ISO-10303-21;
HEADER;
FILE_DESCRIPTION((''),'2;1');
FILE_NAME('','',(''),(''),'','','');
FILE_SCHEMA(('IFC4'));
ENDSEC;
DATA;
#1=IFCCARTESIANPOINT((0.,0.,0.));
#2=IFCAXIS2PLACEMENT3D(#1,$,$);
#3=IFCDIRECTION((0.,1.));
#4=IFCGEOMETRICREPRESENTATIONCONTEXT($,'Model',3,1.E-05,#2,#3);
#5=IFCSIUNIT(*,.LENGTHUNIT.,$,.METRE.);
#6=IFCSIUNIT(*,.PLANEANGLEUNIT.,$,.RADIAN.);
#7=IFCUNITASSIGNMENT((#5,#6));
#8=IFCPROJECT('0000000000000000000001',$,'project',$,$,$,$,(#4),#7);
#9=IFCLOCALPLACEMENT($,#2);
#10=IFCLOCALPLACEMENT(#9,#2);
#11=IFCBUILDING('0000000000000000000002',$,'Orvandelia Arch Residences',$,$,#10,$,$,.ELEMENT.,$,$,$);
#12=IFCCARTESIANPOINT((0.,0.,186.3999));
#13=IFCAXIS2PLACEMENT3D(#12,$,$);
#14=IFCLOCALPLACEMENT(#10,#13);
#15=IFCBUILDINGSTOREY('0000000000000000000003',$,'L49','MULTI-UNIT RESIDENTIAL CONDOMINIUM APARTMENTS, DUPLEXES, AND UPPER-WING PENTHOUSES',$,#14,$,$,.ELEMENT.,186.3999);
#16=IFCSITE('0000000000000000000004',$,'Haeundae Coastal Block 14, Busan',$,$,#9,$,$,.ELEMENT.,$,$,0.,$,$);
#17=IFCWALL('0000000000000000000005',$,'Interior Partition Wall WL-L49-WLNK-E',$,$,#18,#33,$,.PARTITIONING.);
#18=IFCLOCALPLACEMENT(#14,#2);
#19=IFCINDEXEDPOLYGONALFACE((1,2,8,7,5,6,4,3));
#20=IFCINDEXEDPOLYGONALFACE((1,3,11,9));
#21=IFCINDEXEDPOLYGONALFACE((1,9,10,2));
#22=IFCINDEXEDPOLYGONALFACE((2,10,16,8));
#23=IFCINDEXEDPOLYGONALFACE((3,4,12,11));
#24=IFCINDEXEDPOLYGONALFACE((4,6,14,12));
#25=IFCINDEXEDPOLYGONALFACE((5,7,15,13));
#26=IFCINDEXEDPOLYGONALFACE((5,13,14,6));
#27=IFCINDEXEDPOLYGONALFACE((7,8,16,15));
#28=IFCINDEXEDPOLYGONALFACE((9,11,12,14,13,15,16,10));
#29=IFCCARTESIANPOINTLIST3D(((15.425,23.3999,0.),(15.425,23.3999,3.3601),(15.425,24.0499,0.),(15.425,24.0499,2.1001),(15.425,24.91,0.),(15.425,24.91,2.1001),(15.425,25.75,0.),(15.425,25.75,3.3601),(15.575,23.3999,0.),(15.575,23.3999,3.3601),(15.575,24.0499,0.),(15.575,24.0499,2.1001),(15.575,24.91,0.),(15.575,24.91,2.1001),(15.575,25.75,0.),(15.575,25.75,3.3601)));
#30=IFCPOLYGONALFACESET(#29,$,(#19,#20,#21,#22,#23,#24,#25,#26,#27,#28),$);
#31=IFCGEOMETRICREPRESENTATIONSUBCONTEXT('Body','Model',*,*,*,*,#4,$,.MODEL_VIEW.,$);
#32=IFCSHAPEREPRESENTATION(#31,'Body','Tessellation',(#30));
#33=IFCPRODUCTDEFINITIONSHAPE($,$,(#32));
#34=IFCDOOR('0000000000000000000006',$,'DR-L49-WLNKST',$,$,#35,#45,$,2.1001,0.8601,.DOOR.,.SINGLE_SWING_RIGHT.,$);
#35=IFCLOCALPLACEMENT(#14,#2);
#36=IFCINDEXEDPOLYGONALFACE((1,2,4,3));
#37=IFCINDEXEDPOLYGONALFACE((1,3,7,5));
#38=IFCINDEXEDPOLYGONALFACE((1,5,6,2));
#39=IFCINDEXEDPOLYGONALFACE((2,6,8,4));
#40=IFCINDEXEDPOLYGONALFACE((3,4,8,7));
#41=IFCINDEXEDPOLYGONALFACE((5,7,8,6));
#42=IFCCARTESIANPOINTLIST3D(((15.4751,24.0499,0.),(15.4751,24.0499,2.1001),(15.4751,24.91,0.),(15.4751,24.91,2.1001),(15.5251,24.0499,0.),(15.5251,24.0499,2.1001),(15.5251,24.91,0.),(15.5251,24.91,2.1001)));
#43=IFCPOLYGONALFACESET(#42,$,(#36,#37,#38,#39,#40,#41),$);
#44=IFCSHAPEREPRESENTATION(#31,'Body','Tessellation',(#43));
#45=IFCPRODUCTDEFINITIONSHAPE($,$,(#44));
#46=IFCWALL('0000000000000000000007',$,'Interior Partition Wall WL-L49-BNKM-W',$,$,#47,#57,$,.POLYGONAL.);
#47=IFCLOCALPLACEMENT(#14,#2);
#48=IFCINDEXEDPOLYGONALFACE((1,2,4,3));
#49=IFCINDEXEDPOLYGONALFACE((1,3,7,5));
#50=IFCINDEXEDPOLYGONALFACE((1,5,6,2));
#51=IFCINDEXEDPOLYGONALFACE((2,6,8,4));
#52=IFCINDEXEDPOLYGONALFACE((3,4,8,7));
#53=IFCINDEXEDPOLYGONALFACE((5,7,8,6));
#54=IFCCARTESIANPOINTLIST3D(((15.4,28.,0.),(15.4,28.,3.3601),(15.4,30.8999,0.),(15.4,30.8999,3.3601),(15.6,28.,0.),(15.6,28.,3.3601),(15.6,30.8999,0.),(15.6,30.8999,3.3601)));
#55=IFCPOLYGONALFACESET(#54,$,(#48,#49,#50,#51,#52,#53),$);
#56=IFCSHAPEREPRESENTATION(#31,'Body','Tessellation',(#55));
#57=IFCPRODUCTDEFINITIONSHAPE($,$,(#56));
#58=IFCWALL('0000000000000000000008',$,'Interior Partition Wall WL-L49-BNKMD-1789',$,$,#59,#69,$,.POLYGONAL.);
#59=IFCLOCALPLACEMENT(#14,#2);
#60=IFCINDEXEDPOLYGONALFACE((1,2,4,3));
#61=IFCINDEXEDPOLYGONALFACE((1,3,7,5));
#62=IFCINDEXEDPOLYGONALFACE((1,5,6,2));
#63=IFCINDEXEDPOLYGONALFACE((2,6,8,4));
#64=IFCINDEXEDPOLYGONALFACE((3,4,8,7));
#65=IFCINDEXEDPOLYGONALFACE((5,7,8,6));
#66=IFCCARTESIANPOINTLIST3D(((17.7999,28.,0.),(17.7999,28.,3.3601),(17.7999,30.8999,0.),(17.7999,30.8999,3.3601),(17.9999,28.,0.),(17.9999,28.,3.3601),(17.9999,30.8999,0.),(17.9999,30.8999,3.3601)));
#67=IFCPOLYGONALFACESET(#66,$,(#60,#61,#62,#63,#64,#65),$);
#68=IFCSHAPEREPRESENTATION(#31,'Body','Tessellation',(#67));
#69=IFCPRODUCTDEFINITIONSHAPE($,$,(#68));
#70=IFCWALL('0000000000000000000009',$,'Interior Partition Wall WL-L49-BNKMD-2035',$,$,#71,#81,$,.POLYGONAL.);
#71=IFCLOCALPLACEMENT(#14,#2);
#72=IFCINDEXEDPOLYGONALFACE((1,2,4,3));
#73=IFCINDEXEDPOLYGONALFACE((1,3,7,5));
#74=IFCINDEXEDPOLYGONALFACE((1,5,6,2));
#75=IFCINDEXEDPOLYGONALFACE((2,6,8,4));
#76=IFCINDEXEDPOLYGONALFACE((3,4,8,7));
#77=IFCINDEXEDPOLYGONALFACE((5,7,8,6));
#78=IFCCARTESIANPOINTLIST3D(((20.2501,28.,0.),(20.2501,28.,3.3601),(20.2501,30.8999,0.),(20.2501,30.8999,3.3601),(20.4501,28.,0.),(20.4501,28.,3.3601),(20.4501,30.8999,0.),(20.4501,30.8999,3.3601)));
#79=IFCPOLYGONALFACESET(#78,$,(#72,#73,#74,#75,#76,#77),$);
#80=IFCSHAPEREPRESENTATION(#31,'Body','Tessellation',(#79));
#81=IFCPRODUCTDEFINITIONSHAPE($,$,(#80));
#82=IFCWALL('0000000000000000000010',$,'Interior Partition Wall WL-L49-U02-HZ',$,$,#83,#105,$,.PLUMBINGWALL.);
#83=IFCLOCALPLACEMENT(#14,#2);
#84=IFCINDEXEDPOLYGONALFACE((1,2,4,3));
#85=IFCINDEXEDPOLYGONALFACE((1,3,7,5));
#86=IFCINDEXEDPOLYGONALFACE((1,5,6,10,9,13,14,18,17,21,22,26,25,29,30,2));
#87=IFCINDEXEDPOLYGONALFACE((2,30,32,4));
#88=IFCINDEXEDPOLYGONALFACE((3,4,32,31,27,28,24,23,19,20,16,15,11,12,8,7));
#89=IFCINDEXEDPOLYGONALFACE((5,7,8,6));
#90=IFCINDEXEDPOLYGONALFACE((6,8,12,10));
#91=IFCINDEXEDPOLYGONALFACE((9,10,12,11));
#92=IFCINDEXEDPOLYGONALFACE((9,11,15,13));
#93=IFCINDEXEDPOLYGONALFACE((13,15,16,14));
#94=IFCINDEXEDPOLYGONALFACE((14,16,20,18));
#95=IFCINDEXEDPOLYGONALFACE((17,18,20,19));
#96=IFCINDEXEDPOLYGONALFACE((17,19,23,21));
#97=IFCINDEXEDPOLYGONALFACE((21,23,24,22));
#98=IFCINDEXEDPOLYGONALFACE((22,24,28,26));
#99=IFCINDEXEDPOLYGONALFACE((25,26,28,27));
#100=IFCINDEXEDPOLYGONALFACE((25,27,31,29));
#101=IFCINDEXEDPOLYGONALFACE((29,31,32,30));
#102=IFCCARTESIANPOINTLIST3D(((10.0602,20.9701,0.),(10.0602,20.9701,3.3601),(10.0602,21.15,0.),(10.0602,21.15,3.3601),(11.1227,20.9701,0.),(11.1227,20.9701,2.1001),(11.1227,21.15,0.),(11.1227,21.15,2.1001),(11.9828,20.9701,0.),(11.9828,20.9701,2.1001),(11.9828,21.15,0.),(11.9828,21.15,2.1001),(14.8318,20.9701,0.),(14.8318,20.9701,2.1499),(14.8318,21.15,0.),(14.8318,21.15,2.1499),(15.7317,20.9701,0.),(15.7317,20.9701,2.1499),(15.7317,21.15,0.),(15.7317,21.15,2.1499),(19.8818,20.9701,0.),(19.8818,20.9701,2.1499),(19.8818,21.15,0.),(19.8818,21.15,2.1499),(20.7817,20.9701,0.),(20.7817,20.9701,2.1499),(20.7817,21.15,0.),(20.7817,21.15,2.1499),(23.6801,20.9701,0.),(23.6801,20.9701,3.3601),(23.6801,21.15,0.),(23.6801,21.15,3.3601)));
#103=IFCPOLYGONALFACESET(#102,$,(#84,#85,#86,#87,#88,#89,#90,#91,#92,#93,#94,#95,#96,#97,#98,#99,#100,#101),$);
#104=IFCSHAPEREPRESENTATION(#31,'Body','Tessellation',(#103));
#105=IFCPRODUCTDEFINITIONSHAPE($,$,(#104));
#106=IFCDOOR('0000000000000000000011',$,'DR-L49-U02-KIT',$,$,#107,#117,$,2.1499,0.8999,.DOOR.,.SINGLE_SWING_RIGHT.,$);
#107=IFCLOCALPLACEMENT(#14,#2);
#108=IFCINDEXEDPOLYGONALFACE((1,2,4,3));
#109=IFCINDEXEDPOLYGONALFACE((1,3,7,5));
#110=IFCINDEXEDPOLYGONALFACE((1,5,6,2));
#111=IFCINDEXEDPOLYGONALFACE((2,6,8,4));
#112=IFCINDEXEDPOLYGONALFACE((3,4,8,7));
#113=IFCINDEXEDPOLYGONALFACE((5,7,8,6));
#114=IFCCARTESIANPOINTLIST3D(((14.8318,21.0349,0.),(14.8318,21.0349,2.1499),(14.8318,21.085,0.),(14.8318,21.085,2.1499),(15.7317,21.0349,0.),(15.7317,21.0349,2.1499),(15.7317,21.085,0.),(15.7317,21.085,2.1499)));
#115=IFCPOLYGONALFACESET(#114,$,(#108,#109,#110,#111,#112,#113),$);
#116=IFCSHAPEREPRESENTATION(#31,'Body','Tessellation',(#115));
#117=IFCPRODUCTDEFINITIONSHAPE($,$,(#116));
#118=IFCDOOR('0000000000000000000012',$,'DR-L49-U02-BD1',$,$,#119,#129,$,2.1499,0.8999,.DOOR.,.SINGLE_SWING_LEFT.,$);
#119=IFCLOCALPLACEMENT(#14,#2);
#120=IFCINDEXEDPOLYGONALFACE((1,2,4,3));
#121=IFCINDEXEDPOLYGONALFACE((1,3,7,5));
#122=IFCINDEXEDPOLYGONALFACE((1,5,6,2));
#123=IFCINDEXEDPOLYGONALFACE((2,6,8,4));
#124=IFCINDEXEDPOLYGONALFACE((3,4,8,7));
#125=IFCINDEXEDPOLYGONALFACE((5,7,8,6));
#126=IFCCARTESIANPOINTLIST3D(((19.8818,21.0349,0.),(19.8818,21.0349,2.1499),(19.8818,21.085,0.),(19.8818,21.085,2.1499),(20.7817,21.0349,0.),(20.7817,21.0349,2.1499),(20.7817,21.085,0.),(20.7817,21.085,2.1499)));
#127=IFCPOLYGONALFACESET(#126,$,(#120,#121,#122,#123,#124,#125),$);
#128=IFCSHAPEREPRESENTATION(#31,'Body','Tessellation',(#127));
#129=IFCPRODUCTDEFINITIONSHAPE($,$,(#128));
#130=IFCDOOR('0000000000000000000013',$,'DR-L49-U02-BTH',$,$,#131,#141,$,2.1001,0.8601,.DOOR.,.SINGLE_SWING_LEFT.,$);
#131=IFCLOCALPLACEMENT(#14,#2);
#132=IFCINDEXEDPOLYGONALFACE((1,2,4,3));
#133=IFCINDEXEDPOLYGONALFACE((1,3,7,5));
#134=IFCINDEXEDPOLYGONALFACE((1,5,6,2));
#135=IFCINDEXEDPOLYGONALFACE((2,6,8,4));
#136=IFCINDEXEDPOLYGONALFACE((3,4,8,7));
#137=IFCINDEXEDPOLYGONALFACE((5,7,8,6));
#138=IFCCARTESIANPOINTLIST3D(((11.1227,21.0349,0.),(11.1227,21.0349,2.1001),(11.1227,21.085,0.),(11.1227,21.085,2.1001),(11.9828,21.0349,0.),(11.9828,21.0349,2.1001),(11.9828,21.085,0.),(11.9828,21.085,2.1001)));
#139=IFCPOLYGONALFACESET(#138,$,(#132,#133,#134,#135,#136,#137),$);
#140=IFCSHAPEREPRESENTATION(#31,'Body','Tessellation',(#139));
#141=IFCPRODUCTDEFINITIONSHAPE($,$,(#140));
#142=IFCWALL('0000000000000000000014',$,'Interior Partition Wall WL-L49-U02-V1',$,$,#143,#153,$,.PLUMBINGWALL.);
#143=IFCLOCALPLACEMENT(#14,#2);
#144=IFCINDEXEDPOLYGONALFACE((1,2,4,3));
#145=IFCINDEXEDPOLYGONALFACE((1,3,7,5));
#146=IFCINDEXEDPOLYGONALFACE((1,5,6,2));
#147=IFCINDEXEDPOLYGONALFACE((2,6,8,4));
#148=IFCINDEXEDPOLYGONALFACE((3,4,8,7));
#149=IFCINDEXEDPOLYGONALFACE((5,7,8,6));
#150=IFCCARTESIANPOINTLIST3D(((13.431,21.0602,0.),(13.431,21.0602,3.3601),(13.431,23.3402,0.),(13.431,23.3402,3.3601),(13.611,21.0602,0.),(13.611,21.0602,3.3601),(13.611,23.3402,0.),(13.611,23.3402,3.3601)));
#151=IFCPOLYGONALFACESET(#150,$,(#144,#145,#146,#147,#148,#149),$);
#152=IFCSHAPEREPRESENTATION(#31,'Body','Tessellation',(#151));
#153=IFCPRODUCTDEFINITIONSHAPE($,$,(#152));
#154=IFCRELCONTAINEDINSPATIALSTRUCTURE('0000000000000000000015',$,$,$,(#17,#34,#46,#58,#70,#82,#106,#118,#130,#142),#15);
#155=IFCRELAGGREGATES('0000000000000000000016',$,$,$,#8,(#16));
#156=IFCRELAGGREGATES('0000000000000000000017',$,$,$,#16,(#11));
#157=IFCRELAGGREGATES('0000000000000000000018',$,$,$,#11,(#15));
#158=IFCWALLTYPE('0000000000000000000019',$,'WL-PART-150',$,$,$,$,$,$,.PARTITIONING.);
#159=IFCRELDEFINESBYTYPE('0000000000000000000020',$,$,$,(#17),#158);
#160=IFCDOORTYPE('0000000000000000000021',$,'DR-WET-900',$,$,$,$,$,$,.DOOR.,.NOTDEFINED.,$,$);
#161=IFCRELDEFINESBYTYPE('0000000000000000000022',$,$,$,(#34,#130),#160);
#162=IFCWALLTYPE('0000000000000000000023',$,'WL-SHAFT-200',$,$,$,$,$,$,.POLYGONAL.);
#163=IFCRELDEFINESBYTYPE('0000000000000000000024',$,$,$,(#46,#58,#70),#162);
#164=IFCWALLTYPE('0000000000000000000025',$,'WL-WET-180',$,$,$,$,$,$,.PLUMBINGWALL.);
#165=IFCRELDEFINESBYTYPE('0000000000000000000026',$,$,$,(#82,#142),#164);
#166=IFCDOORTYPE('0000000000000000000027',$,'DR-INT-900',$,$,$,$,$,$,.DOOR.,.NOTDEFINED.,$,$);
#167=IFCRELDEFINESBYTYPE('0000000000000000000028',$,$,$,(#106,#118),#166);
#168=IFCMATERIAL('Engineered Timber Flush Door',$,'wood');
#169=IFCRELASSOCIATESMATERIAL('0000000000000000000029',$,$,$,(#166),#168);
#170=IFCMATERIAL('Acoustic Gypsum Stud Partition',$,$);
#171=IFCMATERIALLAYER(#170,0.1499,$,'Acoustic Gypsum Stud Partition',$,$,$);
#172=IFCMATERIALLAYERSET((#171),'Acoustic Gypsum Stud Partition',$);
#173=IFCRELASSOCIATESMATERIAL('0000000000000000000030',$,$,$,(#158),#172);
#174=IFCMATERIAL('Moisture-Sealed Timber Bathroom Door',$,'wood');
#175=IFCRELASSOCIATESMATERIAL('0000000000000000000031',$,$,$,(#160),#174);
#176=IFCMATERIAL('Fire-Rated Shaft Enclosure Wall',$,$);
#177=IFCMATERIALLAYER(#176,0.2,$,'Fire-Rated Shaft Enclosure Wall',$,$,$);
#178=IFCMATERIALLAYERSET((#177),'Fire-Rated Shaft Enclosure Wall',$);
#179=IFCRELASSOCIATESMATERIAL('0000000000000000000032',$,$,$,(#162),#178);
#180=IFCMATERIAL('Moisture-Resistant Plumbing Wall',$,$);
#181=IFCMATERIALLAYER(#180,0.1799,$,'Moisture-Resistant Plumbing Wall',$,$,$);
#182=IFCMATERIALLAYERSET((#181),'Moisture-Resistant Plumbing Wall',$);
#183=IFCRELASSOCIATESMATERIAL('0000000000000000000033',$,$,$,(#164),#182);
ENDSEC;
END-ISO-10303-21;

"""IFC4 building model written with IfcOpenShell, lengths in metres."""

from ifc_helpers import new_model, si_unit, direction, frame, frame_2d, origin, place, context, subcontext, project, spatial, rectangle, extrude, material, layer, layer_set, type_object, element, fill, save


model = new_model("IFC4")

# Units and contexts
model_context = context("Model", 3, precision=1e-05, world=origin(), true_north=direction((0.0, 1.0)))
body_context = subcontext(model_context, "Body", "Model", "MODEL_VIEW")
ifc_project = project(units=[si_unit("LENGTHUNIT", "METRE"), si_unit("PLANEANGLEUNIT", "RADIAN")], contexts=[model_context])

# Site, building, storey
site_placement = place(None, origin())
site = spatial("IfcSite", under=ifc_project, at=site_placement, Name="Haeundae Coastal Block 14, Busan", CompositionType="ELEMENT", RefElevation=0.0)
building_placement = place(site_placement, origin())
building = spatial("IfcBuilding", under=site, at=building_placement, Name="Orvandelia Arch Residences", CompositionType="ELEMENT")
storey_placement = place(building_placement, frame((0.0, 0.0, 186.3999)))
storey = spatial("IfcBuildingStorey", under=building, at=storey_placement, Name="L49", Description="MULTI-UNIT RESIDENTIAL CONDOMINIUM APARTMENTS, DUPLEXES, AND UPPER-WING PENTHOUSES", CompositionType="ELEMENT", Elevation=186.3999)

# Shared definitions
ifc_material_1 = material(Name="Engineered Timber Flush Door", Category="wood")
door_type_1 = type_object("IfcDoorType", Name="DR-INT-900", OperationType="NOTDEFINED", PredefinedType="DOOR", material=ifc_material_1)

# Wall, opening, door
ifc_material_2 = material(Name="Acoustic Gypsum Stud Partition")
ifc_layer_1 = layer(ifc_material_2, 0.1499, Name="Acoustic Gypsum Stud Partition")
ifc_layer_set_1 = layer_set([ifc_layer_1], Name="Acoustic Gypsum Stud Partition")
wall_type_1 = type_object("IfcWallType", Name="WL-PART-150", PredefinedType="PARTITIONING", material=ifc_layer_set_1)
wall_1_placement = place(storey_placement, frame((15.5, 23.3999, 0.0), z_axis=(0.0, 0.0, 1.0), x_axis=(0.0, 1.0, 0.0)))
wall_1 = element("IfcWall", 1, at=wall_1_placement, inside=storey, type_object=wall_type_1, Name="Interior Partition Wall WL-L49-WLNK-E", PredefinedType="PARTITIONING", context=body_context, shape_type="SweptSolid", body=[
    extrude(rectangle(XDim=2.3501, YDim=0.1499, at=frame_2d((1.175, 0.0))), origin(), (0.0, 0.0, 1.0), 3.3601),
])
opening_1_placement = place(wall_1_placement, frame((0.6499, 0.0, 0.0)))
opening_1 = element("IfcOpeningElement", 2, at=opening_1_placement, cuts=wall_1, PredefinedType="OPENING", context=body_context, shape_type="SweptSolid", body=[
    extrude(rectangle(XDim=0.8601, YDim=2.1001, at=frame_2d((0.4302, 1.05))), frame((0.0, 0.085, 0.0), z_axis=(0.0, -1.0, 0.0), x_axis=(1.0, 0.0, 0.0)), (0.0, 0.0, 1.0), 0.1699),
])
ifc_material_3 = material(Name="Moisture-Sealed Timber Bathroom Door", Category="wood")
door_type_2 = type_object("IfcDoorType", Name="DR-WET-900", OperationType="NOTDEFINED", PredefinedType="DOOR", material=ifc_material_3)
door_1_placement = place(opening_1_placement, origin())
door_1 = element("IfcDoor", 3, at=door_1_placement, inside=storey, type_object=door_type_2, Name="DR-L49-WLNKST", OperationType="SINGLE_SWING_RIGHT", OverallHeight=2.1001, OverallWidth=0.8601, PredefinedType="DOOR", context=body_context, shape_type="SweptSolid", body=[
    extrude(rectangle(XDim=0.8601, YDim=2.1001, at=frame_2d((0.4302, 1.05))), frame((0.0, 0.0249, 0.0), z_axis=(0.0, -1.0, 0.0), x_axis=(1.0, 0.0, 0.0)), (0.0, 0.0, 1.0), 0.05),
])
fill(opening_1, door_1)
ifc_material_4 = material(Name="Fire-Rated Shaft Enclosure Wall")
ifc_layer_2 = layer(ifc_material_4, 0.2, Name="Fire-Rated Shaft Enclosure Wall")
ifc_layer_set_2 = layer_set([ifc_layer_2], Name="Fire-Rated Shaft Enclosure Wall")
wall_type_2 = type_object("IfcWallType", Name="WL-SHAFT-200", PredefinedType="POLYGONAL", material=ifc_layer_set_2)

# Walls
for number, where, z_axis, x_axis, name in (
    (4, (15.5, 28.0, 0.0), (0.0, 0.0, 1.0), (0.0, 1.0, 0.0), "Interior Partition Wall WL-L49-BNKM-W"),
    (5, (17.8999, 28.0, 0.0), (0.0, 0.0, 1.0), (0.0, 1.0, 0.0), "Interior Partition Wall WL-L49-BNKMD-1789"),
    (6, (20.3501, 28.0, 0.0), (0.0, 0.0, 1.0), (0.0, 1.0, 0.0), "Interior Partition Wall WL-L49-BNKMD-2035"),
):
    element("IfcWall", number, at=place(storey_placement, frame(where, z_axis=z_axis, x_axis=x_axis)), inside=storey, type_object=wall_type_2, Name=name, PredefinedType="POLYGONAL", context=body_context, shape_type="SweptSolid", body=[
        extrude(rectangle(XDim=2.8999, YDim=0.2, at=frame_2d((1.45, 0.0))), origin(), (0.0, 0.0, 1.0), 3.3601),
    ])

# Wall, openings, doors
ifc_material_5 = material(Name="Moisture-Resistant Plumbing Wall")
ifc_layer_3 = layer(ifc_material_5, 0.1799, Name="Moisture-Resistant Plumbing Wall")
ifc_layer_set_3 = layer_set([ifc_layer_3], Name="Moisture-Resistant Plumbing Wall")
wall_type_3 = type_object("IfcWallType", Name="WL-WET-180", PredefinedType="PLUMBINGWALL", material=ifc_layer_set_3)
wall_2_placement = place(storey_placement, frame((10.0601, 21.0601, 0.0), z_axis=(0.0, 0.0, 1.0), x_axis=(1.0, 0.0, 0.0)))
wall_2 = element("IfcWall", 7, at=wall_2_placement, inside=storey, type_object=wall_type_3, Name="Interior Partition Wall WL-L49-U02-HZ", PredefinedType="PLUMBINGWALL", context=body_context, shape_type="SweptSolid", body=[
    extrude(rectangle(XDim=13.6199, YDim=0.1799, at=frame_2d((6.8101, 0.0))), origin(), (0.0, 0.0, 1.0), 3.3601),
])
opening_2_placement = place(wall_2_placement, frame((1.0625, 0.0, 0.0)))
opening_2 = element("IfcOpeningElement", 8, at=opening_2_placement, cuts=wall_2, PredefinedType="OPENING", context=body_context, shape_type="SweptSolid", body=[
    extrude(rectangle(XDim=0.8601, YDim=2.1001, at=frame_2d((0.4302, 1.05))), frame((0.0, 0.1001, 0.0), z_axis=(0.0, -1.0, 0.0), x_axis=(1.0, 0.0, 0.0)), (0.0, 0.0, 1.0), 0.2),
])
opening_3_placement = place(wall_2_placement, frame((4.7717, 0.0, 0.0)))
opening_3 = element("IfcOpeningElement", 9, at=opening_3_placement, cuts=wall_2, PredefinedType="OPENING", context=body_context, shape_type="SweptSolid", body=[
    extrude(rectangle(XDim=0.8999, YDim=2.1499, at=frame_2d((0.45, 1.075))), frame((0.0, 0.1001, 0.0), z_axis=(0.0, -1.0, 0.0), x_axis=(1.0, 0.0, 0.0)), (0.0, 0.0, 1.0), 0.2),
])
opening_4_placement = place(wall_2_placement, frame((9.8218, 0.0, 0.0)))
opening_4 = element("IfcOpeningElement", 10, at=opening_4_placement, cuts=wall_2, PredefinedType="OPENING", context=body_context, shape_type="SweptSolid", body=[
    extrude(rectangle(XDim=0.8999, YDim=2.1499, at=frame_2d((0.45, 1.075))), frame((0.0, 0.1001, 0.0), z_axis=(0.0, -1.0, 0.0), x_axis=(1.0, 0.0, 0.0)), (0.0, 0.0, 1.0), 0.2),
])
door_2_placement = place(opening_3_placement, origin())
door_2 = element("IfcDoor", 11, at=door_2_placement, inside=storey, type_object=door_type_1, Name="DR-L49-U02-KIT", OperationType="SINGLE_SWING_RIGHT", OverallHeight=2.1499, OverallWidth=0.8999, PredefinedType="DOOR", context=body_context, shape_type="SweptSolid", body=[
    extrude(rectangle(XDim=0.8999, YDim=2.1499, at=frame_2d((0.45, 1.075))), frame((0.0, 0.0249, 0.0), z_axis=(0.0, -1.0, 0.0), x_axis=(1.0, 0.0, 0.0)), (0.0, 0.0, 1.0), 0.05),
])
fill(opening_3, door_2)
door_3_placement = place(opening_4_placement, origin())
door_3 = element("IfcDoor", 12, at=door_3_placement, inside=storey, type_object=door_type_1, Name="DR-L49-U02-BD1", OperationType="SINGLE_SWING_LEFT", OverallHeight=2.1499, OverallWidth=0.8999, PredefinedType="DOOR", context=body_context, shape_type="SweptSolid", body=[
    extrude(rectangle(XDim=0.8999, YDim=2.1499, at=frame_2d((0.45, 1.075))), frame((0.0, 0.0249, 0.0), z_axis=(0.0, -1.0, 0.0), x_axis=(1.0, 0.0, 0.0)), (0.0, 0.0, 1.0), 0.05),
])
fill(opening_4, door_3)
door_4_placement = place(opening_2_placement, origin())
door_4 = element("IfcDoor", 13, at=door_4_placement, inside=storey, type_object=door_type_2, Name="DR-L49-U02-BTH", OperationType="SINGLE_SWING_LEFT", OverallHeight=2.1001, OverallWidth=0.8601, PredefinedType="DOOR", context=body_context, shape_type="SweptSolid", body=[
    extrude(rectangle(XDim=0.8601, YDim=2.1001, at=frame_2d((0.4302, 1.05))), frame((0.0, 0.0249, 0.0), z_axis=(0.0, -1.0, 0.0), x_axis=(1.0, 0.0, 0.0)), (0.0, 0.0, 1.0), 0.05),
])
fill(opening_2, door_4)

# Wall
wall_3_placement = place(storey_placement, frame((13.521, 21.0601, 0.0), z_axis=(0.0, 0.0, 1.0), x_axis=(0.0, 1.0, 0.0)))
element("IfcWall", 14, at=wall_3_placement, inside=storey, type_object=wall_type_3, Name="Interior Partition Wall WL-L49-U02-V1", PredefinedType="PLUMBINGWALL", context=body_context, shape_type="SweptSolid", body=[
    extrude(rectangle(XDim=2.28, YDim=0.1799, at=frame_2d((1.1401, 0.0))), origin(), (0.0, 0.0, 1.0), 3.3601),
])

save(model, "model.ifc")
